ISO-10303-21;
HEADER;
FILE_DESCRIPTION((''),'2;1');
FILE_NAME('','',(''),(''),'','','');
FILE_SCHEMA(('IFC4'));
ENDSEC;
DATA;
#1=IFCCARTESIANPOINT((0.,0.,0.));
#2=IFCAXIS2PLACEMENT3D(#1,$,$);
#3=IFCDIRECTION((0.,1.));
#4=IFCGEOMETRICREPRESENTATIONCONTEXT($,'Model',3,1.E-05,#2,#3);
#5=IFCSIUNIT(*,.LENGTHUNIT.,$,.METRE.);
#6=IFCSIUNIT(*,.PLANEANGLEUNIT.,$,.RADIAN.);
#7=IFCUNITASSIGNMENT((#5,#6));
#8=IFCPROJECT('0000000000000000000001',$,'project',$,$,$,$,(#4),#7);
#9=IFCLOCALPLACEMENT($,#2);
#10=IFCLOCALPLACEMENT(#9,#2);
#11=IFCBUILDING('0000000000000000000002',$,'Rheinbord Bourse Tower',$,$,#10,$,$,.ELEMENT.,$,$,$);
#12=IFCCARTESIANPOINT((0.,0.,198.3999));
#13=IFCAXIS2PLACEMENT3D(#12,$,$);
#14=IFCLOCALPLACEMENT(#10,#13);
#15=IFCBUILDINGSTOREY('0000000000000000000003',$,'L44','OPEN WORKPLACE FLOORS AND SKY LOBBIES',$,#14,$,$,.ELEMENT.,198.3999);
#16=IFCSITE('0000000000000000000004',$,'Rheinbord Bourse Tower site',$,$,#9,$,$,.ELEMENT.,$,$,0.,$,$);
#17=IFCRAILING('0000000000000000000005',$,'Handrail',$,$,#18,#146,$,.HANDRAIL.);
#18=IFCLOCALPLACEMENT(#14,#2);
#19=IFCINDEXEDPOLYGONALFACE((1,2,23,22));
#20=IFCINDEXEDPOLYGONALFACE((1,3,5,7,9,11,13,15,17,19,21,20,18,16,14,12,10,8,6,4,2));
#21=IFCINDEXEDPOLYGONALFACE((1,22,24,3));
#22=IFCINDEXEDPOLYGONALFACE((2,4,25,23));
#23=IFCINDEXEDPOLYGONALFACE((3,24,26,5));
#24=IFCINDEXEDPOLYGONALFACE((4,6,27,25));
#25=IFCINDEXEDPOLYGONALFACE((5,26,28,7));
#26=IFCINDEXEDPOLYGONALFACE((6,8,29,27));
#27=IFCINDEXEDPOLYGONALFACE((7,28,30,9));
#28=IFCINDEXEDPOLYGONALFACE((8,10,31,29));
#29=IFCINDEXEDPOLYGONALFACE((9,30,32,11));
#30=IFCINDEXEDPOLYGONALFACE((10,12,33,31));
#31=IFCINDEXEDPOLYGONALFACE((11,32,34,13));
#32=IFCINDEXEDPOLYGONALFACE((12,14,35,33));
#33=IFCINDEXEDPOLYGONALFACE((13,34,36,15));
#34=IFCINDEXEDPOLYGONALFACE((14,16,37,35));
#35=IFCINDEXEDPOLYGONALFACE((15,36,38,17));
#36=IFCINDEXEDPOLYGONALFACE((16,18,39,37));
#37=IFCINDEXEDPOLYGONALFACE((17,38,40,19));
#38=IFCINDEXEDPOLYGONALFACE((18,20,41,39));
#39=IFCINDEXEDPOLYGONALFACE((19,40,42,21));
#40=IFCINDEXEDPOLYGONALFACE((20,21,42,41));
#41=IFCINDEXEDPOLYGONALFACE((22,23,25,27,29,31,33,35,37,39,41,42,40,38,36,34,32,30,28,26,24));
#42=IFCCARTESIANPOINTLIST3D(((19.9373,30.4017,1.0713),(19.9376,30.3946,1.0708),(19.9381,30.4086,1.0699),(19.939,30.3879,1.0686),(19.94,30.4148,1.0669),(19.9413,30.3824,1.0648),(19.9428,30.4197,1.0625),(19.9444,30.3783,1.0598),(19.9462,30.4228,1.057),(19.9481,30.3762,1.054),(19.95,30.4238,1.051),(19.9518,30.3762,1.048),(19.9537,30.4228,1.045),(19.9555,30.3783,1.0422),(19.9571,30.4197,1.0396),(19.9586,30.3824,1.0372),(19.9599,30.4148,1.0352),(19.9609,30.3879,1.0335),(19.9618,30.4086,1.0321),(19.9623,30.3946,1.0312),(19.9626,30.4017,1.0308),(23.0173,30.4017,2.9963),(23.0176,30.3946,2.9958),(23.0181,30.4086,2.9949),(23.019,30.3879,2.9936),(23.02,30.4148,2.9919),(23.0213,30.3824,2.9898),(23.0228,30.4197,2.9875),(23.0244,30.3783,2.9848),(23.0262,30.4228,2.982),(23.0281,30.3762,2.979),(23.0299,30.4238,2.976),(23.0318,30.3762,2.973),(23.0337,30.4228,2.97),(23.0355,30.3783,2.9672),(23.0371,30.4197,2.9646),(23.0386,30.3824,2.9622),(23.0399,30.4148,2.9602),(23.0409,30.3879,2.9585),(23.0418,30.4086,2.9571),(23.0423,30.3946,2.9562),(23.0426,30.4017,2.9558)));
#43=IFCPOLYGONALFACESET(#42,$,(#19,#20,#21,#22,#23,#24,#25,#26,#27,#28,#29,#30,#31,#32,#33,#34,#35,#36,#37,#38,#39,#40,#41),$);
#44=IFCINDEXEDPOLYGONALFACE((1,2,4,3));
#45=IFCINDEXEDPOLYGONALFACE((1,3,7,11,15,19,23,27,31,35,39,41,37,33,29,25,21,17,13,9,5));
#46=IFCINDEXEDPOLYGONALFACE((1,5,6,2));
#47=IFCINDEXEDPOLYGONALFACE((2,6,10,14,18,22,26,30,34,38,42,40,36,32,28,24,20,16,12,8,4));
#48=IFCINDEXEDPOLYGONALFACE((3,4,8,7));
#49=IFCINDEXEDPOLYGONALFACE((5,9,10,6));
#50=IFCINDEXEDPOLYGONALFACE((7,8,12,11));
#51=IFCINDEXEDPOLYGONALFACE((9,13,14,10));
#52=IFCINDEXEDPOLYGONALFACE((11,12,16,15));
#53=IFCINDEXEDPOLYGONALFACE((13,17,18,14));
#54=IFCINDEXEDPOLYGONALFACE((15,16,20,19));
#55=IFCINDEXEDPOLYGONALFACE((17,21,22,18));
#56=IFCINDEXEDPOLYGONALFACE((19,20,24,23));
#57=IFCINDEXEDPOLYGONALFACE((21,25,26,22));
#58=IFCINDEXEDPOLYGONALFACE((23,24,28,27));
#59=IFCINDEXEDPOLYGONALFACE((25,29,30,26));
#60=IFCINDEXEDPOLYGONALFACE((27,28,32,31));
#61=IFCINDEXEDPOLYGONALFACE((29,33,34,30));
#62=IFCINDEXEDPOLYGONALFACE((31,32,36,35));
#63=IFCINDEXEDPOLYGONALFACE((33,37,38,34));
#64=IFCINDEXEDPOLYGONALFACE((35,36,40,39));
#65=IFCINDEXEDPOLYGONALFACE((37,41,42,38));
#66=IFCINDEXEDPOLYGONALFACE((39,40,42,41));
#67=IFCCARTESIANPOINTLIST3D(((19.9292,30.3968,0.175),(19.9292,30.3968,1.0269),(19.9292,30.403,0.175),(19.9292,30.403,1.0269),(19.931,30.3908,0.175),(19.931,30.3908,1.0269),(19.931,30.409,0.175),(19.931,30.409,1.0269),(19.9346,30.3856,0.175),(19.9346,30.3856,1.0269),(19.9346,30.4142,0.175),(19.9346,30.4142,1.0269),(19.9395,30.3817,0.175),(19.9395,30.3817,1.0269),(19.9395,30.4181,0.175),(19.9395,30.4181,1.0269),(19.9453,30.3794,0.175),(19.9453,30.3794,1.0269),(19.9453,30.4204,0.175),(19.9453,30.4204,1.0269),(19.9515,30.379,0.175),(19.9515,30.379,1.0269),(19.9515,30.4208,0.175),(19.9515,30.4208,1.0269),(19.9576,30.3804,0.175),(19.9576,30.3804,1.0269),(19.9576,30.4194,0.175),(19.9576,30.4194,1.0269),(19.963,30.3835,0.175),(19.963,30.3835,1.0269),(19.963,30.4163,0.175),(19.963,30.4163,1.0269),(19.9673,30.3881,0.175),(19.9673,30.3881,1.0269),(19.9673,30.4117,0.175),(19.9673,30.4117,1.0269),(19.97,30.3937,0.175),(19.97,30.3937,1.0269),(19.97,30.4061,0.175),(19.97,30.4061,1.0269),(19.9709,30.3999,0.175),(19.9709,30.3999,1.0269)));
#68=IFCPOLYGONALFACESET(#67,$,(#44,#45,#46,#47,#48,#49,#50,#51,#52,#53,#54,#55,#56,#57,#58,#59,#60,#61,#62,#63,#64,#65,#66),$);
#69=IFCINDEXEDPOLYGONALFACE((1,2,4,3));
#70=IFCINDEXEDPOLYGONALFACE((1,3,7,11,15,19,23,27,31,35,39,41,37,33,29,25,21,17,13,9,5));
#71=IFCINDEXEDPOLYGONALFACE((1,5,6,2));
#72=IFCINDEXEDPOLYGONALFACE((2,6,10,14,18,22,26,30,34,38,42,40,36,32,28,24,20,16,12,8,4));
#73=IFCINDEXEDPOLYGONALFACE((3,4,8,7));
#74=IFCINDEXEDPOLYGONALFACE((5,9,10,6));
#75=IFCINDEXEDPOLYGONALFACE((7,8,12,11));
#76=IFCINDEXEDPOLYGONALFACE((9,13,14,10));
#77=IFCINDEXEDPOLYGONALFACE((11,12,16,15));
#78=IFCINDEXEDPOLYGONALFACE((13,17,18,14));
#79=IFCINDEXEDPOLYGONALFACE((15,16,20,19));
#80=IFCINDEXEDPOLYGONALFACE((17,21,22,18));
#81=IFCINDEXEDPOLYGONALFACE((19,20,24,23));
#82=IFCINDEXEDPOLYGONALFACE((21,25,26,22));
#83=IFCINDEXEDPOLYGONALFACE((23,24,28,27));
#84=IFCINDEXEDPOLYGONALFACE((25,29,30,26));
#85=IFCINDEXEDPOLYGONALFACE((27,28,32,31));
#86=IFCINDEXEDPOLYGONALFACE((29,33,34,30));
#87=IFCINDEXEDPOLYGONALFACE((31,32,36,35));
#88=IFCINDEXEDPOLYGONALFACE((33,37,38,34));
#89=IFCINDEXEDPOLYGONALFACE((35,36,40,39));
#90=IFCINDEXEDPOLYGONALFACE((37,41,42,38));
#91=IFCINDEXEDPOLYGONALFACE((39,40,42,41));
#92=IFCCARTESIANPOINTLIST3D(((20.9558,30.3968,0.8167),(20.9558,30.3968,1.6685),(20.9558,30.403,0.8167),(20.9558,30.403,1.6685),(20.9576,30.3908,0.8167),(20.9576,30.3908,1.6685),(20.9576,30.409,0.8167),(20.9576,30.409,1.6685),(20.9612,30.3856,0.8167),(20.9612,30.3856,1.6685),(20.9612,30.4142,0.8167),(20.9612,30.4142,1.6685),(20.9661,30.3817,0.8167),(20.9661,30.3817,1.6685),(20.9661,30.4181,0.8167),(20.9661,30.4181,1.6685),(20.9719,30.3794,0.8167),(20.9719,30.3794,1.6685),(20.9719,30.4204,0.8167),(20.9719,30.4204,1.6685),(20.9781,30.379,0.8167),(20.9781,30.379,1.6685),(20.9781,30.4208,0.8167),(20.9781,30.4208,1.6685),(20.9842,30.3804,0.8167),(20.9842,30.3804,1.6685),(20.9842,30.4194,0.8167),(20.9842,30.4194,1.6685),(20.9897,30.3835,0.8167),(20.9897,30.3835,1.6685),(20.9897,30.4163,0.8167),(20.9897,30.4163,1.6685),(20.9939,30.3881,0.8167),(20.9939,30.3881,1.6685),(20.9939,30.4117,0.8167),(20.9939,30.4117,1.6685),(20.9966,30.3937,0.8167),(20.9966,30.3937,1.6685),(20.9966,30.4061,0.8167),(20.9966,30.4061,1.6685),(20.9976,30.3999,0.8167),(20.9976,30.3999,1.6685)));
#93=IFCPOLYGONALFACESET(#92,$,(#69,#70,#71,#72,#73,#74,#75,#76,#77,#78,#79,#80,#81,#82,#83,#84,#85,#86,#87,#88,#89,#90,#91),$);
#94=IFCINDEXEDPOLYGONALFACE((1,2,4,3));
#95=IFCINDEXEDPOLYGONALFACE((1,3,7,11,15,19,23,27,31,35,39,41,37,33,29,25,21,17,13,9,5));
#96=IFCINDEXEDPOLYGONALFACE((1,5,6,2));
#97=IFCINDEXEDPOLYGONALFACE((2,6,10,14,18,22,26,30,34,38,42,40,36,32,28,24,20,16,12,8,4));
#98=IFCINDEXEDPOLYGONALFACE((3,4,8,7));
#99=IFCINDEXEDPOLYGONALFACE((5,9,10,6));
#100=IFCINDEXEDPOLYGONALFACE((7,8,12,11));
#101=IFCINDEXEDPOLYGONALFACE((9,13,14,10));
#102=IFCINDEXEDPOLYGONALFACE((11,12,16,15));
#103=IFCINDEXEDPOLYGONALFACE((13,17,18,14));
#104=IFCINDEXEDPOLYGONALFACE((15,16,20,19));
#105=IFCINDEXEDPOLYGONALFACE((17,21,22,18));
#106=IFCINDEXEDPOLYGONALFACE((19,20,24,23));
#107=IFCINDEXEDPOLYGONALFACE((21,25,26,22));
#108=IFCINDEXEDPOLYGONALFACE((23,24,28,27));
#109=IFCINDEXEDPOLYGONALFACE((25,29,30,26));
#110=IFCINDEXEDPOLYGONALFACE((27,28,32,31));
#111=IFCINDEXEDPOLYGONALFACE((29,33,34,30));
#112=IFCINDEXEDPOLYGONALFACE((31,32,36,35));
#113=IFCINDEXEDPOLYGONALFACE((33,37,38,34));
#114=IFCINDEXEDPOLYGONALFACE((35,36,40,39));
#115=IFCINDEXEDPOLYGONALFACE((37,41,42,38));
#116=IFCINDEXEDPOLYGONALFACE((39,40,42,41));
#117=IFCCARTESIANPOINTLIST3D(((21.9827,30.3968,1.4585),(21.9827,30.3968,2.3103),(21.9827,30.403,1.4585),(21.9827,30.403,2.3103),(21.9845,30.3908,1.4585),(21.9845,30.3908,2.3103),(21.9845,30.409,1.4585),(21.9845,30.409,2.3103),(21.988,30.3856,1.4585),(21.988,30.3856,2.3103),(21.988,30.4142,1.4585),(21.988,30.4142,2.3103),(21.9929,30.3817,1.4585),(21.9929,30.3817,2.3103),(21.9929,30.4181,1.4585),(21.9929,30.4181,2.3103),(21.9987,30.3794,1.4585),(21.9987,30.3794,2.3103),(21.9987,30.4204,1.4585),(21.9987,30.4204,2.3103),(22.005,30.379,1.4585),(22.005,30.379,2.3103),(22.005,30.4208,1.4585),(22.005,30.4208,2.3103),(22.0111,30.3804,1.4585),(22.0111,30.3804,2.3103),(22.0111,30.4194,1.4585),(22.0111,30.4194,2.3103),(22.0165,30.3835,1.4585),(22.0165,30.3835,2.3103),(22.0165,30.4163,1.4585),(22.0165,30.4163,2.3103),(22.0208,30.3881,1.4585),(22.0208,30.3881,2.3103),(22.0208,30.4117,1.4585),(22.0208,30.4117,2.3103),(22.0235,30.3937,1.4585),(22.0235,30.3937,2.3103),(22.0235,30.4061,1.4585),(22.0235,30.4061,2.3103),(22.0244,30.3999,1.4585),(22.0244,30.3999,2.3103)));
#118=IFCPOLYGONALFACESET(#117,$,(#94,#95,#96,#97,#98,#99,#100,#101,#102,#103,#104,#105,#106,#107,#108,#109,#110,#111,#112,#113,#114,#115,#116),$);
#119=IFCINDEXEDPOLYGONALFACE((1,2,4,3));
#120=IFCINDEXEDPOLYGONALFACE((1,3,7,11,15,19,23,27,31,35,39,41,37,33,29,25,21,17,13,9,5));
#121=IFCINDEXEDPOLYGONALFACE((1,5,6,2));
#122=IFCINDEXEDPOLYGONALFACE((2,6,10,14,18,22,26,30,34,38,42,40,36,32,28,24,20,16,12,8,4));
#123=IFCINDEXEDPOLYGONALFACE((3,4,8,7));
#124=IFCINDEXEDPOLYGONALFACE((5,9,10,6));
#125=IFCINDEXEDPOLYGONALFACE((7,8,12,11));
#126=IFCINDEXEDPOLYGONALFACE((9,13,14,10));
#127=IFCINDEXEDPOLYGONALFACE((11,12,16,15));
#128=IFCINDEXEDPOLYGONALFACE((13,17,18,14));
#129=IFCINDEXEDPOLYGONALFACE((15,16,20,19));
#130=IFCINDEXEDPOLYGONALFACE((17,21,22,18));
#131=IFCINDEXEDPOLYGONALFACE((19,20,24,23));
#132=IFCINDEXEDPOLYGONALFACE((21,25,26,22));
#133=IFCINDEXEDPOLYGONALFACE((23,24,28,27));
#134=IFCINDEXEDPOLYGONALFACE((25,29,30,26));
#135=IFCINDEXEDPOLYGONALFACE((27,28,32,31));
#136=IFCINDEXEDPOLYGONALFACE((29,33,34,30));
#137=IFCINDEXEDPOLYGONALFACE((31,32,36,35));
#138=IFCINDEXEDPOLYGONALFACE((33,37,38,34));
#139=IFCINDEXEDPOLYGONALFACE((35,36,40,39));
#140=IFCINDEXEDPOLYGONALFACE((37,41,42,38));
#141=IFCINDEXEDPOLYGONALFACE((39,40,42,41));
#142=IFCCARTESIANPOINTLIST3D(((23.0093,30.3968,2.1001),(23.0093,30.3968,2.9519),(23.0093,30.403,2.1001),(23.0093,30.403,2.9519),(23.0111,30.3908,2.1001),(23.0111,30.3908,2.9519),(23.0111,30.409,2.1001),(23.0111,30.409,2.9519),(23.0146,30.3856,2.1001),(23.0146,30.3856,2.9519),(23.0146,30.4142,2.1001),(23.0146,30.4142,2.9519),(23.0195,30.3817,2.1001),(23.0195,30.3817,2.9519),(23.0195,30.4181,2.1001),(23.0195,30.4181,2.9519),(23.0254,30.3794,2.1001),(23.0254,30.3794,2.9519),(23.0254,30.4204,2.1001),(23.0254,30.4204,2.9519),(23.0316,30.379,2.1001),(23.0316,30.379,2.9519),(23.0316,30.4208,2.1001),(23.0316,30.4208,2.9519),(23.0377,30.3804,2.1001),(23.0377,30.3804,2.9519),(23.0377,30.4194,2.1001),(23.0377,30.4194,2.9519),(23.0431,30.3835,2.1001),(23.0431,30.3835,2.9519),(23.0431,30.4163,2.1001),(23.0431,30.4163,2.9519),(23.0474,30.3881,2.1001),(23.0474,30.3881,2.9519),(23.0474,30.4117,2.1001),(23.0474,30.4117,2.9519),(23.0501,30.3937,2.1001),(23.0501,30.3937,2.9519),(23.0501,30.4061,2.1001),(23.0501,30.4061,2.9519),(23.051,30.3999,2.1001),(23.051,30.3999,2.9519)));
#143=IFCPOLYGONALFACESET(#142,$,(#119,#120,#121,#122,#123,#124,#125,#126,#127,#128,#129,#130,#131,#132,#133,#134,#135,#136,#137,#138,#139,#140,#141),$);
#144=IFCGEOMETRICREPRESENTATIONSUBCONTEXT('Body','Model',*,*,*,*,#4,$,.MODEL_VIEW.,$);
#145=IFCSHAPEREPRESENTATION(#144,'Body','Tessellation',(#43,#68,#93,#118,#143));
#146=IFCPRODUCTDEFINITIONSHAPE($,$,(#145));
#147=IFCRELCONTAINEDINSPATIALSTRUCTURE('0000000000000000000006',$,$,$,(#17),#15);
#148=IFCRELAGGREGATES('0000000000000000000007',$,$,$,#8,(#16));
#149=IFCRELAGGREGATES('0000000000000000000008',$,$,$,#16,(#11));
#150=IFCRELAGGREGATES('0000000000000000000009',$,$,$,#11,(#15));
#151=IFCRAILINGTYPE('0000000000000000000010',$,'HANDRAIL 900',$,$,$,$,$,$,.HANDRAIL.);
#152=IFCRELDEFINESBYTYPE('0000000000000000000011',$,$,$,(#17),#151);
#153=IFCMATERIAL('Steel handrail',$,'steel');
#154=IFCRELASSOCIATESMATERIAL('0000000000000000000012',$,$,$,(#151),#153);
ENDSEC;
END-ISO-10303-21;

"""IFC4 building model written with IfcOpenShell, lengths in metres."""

from ifc_helpers import new_model, si_unit, direction, frame, origin, origin_2d, place, context, subcontext, project, spatial, circle, extrude, material, type_object, element, save


model = new_model("IFC4")

# Units and contexts
model_context = context("Model", 3, precision=1e-05, world=origin(), true_north=direction((0.0, 1.0)))
body_context = subcontext(model_context, "Body", "Model", "MODEL_VIEW")
ifc_project = project(units=[si_unit("LENGTHUNIT", "METRE"), si_unit("PLANEANGLEUNIT", "RADIAN")], contexts=[model_context])

# Site, building, storey
site_placement = place(None, origin())
site = spatial("IfcSite", under=ifc_project, at=site_placement, Name="Rheinbord Bourse Tower site", CompositionType="ELEMENT", RefElevation=0.0)
building_placement = place(site_placement, origin())
building = spatial("IfcBuilding", under=site, at=building_placement, Name="Rheinbord Bourse Tower", CompositionType="ELEMENT")
storey_placement = place(building_placement, frame((0.0, 0.0, 198.3999)))
storey = spatial("IfcBuildingStorey", under=building, at=storey_placement, Name="L44", Description="OPEN WORKPLACE FLOORS AND SKY LOBBIES", CompositionType="ELEMENT", Elevation=198.3999)

# Railing
ifc_material_1 = material(Name="Steel handrail", Category="steel")
railing_type = type_object("IfcRailingType", Name="HANDRAIL 900", PredefinedType="HANDRAIL", material=ifc_material_1)
railing_1_placement = place(storey_placement, frame((19.95, 30.3999, 0.175)))
element("IfcRailing", 1, at=railing_1_placement, inside=storey, type_object=railing_type, Name="Handrail", PredefinedType="HANDRAIL", context=body_context, shape_type="SweptSolid", body=[
    extrude(circle(Radius=0.0239, at=origin_2d()), frame((0.0, 0.0, 0.876), z_axis=(0.847998, 0.0, 0.529999), x_axis=(0.0, 1.0, 0.0)), (0.0, 0.0, 1.0), 3.6321),
    extrude(circle(Radius=0.021, at=origin_2d()), origin(), (0.0, 0.0, 1.0), 0.8518),
    extrude(circle(Radius=0.021, at=origin_2d()), frame((1.0266, 0.0, 0.6416)), (0.0, 0.0, 1.0), 0.8518),
    extrude(circle(Radius=0.021, at=origin_2d()), frame((2.0535, 0.0, 1.2834)), (0.0, 0.0, 1.0), 0.8518),
    extrude(circle(Radius=0.021, at=origin_2d()), frame((3.0801, 0.0, 1.925)), (0.0, 0.0, 1.0), 0.8518),
])

save(model, "model.ifc")
